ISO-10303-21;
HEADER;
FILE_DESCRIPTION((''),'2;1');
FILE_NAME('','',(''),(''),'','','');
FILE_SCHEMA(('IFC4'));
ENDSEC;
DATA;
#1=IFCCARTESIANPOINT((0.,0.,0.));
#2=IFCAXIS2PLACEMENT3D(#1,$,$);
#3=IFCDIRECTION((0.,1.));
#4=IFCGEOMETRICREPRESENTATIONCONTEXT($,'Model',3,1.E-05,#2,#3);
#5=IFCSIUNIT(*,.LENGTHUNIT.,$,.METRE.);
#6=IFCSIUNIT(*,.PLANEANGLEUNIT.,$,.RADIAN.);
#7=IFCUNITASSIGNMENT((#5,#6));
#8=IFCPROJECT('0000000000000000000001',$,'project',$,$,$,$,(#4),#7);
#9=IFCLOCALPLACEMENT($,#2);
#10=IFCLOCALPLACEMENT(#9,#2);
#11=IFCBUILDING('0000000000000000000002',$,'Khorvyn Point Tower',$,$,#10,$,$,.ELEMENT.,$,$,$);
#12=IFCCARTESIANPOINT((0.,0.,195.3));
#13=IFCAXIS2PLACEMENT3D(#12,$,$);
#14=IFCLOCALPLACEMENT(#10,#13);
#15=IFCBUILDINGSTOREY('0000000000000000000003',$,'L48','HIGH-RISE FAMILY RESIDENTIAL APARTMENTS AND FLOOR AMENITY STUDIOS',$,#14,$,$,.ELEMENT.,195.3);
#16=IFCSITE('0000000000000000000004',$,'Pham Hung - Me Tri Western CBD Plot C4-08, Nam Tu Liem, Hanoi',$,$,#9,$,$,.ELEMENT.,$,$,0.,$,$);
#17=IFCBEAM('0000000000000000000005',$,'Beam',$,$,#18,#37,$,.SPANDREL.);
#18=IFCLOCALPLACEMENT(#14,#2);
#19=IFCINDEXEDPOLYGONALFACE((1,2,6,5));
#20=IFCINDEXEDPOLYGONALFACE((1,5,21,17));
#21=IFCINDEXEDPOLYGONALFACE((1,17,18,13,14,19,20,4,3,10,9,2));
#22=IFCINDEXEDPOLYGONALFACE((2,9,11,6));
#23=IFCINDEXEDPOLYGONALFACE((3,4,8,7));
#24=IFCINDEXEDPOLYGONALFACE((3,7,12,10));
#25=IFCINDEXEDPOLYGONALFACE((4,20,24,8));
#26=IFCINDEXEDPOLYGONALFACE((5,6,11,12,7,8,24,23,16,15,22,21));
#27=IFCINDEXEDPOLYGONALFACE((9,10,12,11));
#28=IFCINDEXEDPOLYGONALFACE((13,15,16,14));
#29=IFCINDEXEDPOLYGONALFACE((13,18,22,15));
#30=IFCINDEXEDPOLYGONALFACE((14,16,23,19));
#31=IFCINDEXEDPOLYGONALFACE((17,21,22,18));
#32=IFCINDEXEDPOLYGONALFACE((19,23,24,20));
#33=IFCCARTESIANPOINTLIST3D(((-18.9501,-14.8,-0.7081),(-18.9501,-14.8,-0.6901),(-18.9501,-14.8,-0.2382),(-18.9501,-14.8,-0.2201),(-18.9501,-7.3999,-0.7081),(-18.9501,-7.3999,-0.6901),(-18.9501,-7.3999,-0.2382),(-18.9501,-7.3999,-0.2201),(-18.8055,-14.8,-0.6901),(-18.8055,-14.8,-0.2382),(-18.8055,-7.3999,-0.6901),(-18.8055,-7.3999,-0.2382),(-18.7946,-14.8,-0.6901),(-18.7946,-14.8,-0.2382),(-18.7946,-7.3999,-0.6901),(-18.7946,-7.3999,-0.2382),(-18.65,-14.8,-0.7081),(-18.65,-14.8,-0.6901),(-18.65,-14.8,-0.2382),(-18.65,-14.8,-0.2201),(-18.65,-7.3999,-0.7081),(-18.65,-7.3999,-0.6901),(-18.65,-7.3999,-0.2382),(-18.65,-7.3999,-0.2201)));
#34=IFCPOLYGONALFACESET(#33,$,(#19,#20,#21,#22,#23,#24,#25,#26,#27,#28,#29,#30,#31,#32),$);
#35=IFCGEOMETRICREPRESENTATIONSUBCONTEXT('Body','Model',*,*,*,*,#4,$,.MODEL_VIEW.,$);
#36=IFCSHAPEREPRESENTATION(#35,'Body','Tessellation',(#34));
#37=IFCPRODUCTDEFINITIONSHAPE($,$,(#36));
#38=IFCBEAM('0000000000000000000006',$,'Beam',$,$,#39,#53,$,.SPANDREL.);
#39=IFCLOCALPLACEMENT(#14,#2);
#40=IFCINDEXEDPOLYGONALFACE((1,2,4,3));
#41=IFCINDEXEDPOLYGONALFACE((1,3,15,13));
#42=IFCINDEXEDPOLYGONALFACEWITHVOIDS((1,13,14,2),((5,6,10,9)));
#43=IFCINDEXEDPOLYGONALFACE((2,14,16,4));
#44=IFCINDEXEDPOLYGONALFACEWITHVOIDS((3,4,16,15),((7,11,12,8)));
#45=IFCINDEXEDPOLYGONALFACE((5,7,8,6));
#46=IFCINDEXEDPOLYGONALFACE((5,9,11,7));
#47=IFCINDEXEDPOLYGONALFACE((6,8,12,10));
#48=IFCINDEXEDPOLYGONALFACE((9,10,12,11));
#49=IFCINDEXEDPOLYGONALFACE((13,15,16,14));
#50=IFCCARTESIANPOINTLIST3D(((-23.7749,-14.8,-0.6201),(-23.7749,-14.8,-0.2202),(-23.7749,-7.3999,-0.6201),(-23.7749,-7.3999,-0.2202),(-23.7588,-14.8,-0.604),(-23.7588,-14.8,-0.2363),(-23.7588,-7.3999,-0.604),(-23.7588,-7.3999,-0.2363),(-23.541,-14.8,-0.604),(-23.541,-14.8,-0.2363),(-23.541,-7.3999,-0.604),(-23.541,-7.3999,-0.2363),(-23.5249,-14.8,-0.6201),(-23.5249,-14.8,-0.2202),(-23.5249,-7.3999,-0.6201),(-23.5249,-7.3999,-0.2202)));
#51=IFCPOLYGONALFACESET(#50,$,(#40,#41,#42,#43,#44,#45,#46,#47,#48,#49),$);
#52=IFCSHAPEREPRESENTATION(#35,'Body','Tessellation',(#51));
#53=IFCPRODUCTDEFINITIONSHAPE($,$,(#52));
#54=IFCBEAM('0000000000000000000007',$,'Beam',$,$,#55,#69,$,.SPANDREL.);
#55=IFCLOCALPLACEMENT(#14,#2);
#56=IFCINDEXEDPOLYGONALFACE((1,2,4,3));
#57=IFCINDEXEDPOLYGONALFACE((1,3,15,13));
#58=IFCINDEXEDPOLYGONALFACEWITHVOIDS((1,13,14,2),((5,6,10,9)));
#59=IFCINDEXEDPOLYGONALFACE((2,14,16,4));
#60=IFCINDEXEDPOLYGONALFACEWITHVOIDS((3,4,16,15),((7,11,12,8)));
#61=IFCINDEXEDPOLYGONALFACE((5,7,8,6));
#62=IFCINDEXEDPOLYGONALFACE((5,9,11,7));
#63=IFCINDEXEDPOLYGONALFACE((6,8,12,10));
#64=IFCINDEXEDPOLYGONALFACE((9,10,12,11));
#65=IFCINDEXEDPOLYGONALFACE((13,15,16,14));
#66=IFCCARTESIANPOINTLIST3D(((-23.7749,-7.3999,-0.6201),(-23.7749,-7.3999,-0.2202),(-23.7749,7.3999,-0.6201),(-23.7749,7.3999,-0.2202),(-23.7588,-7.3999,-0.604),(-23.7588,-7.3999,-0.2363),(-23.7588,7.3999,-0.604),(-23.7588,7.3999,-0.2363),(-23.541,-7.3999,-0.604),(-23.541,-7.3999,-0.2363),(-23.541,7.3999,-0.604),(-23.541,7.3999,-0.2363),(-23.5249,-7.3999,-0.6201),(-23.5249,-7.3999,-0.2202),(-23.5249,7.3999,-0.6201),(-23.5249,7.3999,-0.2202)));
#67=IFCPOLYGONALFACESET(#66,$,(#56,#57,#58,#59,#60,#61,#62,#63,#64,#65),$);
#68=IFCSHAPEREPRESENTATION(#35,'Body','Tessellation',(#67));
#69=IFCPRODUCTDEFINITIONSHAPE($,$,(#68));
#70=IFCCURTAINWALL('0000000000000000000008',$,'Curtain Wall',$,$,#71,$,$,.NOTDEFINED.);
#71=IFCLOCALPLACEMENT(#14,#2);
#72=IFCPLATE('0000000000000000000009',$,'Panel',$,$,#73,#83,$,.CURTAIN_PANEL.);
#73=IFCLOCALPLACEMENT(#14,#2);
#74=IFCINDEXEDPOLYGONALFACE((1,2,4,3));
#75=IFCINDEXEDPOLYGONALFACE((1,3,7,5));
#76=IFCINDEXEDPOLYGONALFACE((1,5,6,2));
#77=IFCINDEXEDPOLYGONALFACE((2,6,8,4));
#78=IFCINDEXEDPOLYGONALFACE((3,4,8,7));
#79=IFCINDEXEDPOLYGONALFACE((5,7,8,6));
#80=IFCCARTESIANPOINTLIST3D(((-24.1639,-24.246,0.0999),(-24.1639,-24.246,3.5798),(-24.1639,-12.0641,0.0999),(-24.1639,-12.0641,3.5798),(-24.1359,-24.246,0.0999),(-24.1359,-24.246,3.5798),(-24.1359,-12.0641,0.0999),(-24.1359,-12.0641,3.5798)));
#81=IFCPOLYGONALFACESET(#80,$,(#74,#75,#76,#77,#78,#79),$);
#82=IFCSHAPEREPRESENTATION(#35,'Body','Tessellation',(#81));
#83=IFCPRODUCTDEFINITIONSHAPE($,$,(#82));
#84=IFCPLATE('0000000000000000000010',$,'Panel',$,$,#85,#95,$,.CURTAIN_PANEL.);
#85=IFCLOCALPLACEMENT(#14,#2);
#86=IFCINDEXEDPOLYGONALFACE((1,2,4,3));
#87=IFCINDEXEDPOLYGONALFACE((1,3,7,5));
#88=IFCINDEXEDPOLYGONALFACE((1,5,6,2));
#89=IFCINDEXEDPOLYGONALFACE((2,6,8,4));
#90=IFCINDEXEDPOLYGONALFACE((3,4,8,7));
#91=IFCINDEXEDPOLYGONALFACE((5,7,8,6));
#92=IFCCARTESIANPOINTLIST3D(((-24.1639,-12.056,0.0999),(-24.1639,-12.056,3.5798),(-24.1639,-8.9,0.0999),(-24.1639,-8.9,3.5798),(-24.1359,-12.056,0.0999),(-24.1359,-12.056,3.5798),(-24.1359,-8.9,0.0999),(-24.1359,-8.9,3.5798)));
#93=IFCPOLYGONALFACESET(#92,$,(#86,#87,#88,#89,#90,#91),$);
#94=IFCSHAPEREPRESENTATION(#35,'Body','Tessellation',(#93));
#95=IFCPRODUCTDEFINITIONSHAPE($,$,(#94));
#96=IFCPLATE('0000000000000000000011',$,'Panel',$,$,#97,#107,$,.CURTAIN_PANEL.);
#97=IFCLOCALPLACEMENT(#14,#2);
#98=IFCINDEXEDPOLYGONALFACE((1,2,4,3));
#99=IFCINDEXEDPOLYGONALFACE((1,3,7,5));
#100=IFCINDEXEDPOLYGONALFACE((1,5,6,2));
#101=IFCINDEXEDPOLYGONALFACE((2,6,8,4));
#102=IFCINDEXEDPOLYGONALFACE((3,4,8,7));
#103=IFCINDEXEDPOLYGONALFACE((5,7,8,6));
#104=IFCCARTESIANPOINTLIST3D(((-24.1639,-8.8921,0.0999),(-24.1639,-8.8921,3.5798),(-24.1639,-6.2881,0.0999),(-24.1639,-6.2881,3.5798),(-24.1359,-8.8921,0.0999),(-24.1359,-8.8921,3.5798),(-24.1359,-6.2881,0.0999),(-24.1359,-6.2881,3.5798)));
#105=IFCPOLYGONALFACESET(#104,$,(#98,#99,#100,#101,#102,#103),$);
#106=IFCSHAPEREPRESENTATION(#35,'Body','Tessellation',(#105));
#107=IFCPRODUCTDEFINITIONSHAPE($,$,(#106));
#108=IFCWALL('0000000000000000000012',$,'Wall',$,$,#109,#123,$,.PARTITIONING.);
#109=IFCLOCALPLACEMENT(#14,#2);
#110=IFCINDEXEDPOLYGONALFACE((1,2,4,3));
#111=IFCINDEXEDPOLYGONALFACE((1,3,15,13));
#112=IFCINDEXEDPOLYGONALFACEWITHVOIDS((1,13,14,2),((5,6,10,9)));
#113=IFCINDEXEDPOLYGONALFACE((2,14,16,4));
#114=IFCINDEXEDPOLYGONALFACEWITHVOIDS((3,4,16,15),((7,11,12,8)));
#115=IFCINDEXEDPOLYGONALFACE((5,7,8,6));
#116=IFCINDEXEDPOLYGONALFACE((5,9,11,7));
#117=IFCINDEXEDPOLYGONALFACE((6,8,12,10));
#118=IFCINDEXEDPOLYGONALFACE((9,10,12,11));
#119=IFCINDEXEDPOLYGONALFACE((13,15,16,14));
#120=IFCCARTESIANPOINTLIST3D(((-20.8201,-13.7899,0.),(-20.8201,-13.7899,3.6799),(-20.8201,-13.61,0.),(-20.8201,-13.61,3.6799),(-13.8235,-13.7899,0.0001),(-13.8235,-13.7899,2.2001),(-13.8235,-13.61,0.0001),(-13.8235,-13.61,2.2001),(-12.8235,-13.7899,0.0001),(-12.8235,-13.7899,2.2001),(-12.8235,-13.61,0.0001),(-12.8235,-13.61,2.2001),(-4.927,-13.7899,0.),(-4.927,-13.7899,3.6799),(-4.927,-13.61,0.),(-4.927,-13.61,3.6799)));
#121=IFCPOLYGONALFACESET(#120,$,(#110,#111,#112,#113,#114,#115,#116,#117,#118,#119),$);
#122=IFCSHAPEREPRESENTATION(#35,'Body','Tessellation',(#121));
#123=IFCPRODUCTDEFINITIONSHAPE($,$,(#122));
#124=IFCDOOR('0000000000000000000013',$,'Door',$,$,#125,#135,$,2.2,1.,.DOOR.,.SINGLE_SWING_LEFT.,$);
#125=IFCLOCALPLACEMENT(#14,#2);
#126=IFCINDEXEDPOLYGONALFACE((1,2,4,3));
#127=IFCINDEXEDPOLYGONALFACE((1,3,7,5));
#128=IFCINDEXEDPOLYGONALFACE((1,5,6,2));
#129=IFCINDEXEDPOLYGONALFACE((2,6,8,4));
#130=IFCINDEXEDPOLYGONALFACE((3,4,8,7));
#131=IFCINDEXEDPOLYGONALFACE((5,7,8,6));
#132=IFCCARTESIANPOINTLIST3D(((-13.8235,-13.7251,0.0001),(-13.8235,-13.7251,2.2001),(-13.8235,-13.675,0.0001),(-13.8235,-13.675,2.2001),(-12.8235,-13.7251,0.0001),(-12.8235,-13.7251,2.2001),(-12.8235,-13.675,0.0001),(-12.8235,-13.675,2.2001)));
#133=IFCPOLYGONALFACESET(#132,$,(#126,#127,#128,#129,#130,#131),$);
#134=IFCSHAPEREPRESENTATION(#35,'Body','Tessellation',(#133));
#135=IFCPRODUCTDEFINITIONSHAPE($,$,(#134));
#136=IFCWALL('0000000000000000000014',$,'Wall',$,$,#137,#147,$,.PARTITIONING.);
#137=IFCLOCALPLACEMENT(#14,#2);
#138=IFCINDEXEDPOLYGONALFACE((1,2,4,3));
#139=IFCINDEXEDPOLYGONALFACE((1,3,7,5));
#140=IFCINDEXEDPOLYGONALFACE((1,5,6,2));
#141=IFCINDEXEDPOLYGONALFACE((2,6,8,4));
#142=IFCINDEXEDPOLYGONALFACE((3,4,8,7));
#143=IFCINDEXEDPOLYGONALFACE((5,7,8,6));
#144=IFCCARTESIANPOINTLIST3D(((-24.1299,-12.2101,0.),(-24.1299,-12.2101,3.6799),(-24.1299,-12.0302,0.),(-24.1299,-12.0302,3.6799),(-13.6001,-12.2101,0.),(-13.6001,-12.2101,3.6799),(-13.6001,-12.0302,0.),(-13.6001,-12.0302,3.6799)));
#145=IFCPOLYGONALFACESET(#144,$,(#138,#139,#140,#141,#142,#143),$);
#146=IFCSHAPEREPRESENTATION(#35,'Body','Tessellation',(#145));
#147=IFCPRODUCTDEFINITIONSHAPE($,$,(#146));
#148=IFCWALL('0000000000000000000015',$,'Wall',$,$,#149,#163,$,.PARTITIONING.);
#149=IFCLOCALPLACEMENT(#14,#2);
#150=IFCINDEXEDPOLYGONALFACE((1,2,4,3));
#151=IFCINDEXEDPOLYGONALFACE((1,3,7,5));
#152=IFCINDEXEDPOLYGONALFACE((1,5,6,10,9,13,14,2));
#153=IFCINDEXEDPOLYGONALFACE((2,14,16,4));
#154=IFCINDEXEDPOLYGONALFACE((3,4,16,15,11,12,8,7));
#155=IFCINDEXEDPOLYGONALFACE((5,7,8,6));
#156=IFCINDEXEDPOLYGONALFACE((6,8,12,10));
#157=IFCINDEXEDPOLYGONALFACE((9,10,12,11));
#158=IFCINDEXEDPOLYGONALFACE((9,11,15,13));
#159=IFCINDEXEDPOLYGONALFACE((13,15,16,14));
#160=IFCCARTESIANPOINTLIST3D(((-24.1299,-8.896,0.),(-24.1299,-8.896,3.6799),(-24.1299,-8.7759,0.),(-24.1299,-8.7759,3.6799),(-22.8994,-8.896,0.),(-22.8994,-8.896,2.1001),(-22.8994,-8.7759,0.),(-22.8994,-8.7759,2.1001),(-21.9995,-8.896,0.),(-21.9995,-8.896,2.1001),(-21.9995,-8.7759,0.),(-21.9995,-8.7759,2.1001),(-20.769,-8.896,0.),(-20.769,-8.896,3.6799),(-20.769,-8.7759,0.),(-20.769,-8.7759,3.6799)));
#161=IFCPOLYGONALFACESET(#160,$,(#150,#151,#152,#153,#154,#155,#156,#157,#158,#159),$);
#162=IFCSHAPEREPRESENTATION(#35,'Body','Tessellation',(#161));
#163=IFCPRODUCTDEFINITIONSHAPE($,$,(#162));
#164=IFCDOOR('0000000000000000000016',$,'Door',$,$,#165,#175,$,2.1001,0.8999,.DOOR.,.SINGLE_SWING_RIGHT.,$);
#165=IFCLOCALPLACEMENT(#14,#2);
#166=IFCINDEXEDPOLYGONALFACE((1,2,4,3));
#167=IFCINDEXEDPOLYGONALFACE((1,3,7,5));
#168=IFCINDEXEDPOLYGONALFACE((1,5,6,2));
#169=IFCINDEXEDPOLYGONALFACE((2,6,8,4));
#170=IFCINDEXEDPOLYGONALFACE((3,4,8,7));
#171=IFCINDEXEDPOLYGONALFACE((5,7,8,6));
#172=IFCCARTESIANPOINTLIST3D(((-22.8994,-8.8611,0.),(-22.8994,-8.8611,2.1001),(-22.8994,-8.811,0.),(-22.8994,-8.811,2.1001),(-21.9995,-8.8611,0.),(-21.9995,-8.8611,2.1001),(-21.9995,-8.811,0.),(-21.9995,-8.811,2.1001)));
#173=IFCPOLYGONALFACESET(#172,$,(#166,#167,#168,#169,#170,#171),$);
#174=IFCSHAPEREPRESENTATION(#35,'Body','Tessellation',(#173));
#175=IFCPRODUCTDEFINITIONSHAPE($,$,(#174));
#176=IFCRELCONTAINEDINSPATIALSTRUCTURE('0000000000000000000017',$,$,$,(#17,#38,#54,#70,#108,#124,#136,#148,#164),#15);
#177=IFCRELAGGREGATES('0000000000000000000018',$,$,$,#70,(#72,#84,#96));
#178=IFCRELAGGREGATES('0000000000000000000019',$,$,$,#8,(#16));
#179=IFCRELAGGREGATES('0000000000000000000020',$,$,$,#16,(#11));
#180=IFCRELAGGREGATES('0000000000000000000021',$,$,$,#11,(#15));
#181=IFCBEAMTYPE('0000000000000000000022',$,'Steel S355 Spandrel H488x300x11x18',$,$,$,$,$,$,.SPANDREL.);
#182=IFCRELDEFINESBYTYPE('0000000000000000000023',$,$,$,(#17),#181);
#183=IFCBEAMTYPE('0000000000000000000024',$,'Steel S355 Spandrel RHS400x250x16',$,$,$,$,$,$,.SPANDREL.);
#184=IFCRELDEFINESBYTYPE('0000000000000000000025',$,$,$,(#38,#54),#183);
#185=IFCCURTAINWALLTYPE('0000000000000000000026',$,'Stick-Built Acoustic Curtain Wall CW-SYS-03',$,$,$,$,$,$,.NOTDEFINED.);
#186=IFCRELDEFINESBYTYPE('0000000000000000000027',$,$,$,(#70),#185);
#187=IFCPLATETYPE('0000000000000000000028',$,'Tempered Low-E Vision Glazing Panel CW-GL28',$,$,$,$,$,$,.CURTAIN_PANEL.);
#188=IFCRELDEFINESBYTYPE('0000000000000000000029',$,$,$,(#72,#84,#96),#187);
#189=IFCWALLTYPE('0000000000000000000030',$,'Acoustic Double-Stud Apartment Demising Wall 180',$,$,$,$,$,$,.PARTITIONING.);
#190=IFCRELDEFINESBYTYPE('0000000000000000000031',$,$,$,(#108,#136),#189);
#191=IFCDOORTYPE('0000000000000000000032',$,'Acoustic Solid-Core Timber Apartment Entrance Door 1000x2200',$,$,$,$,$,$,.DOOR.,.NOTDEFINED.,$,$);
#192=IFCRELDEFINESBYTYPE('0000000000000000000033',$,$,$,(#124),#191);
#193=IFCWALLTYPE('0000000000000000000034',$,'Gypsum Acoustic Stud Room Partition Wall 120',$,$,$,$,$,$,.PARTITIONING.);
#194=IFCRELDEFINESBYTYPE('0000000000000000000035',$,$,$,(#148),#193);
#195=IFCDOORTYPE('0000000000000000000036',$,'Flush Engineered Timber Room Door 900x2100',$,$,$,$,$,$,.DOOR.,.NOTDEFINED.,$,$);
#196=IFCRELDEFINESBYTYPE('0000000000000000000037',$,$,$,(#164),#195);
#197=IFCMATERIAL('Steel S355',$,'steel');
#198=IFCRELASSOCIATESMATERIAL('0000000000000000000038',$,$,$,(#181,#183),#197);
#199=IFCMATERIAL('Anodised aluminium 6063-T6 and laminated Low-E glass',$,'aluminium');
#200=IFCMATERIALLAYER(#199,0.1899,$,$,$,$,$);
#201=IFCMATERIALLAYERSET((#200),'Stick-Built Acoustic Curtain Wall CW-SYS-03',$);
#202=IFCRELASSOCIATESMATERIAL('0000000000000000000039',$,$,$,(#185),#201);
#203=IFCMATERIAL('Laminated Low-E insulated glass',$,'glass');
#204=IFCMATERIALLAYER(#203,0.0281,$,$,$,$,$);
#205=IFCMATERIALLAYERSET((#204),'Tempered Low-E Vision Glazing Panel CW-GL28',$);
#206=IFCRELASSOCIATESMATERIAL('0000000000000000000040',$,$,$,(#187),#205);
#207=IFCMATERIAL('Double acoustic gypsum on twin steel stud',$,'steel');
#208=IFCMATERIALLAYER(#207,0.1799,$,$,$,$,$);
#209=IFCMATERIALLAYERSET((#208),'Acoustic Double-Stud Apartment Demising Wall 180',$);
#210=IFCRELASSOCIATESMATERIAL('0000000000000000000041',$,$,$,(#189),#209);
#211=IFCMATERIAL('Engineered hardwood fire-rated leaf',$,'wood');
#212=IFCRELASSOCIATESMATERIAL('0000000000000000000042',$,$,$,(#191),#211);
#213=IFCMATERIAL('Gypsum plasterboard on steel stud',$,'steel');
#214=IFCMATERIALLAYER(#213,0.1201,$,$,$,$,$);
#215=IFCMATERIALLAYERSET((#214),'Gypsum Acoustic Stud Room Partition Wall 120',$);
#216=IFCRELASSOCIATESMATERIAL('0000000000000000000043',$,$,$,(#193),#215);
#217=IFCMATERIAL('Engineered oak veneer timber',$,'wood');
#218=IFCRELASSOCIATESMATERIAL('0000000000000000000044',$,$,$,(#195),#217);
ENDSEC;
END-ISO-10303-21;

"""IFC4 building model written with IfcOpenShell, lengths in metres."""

from ifc_helpers import new_model, si_unit, direction, frame, frame_2d, origin, origin_2d, place, context, subcontext, project, spatial, rectangle, hollow_rectangle, i_section, extrude, material, layer, layer_set, material_profile, profile_set, type_object, element, fill, aggregate, save


model = new_model("IFC4")

# Units and contexts
model_context = context("Model", 3, precision=1e-05, world=origin(), true_north=direction((0.0, 1.0)))
body_context = subcontext(model_context, "Body", "Model", "MODEL_VIEW")
ifc_project = project(units=[si_unit("LENGTHUNIT", "METRE"), si_unit("PLANEANGLEUNIT", "RADIAN")], contexts=[model_context])

# Site, building, storey
site_placement = place(None, origin())
site = spatial("IfcSite", under=ifc_project, at=site_placement, Name="Pham Hung - Me Tri Western CBD Plot C4-08, Nam Tu Liem, Hanoi", CompositionType="ELEMENT", RefElevation=0.0)
building_placement = place(site_placement, origin())
building = spatial("IfcBuilding", under=site, at=building_placement, Name="Khorvyn Point Tower", CompositionType="ELEMENT")
storey_placement = place(building_placement, frame((0.0, 0.0, 195.3)))
storey = spatial("IfcBuildingStorey", under=building, at=storey_placement, Name="L48", Description="HIGH-RISE FAMILY RESIDENTIAL APARTMENTS AND FLOOR AMENITY STUDIOS", CompositionType="ELEMENT", Elevation=195.3)

# Beams
ifc_material_1 = material(Name="Steel S355", Category="steel")
ifc_material_profile_1 = material_profile(ifc_material_1, i_section(OverallWidth=0.3, OverallDepth=0.488, WebThickness=0.011, FlangeThickness=0.0181, at=origin_2d()))
ifc_profile_set_1 = profile_set([ifc_material_profile_1], Name="Steel S355 H488x300x11x18")
beam_type_1 = type_object("IfcBeamType", Name="Steel S355 Spandrel H488x300x11x18", PredefinedType="SPANDREL", material=ifc_profile_set_1)
beam_1_placement = place(storey_placement, frame((-18.8, -14.8, -0.4641), z_axis=(0.0, 1.0, 0.0), x_axis=(-1.0, 0.0, 0.0)))
element("IfcBeam", 1, at=beam_1_placement, inside=storey, type_object=beam_type_1, Name="Beam", PredefinedType="SPANDREL", context=body_context, shape_type="SweptSolid", body=[
    extrude(i_section(OverallWidth=0.3, OverallDepth=0.488, WebThickness=0.011, FlangeThickness=0.0181, at=origin_2d()), origin(), (0.0, 0.0, 1.0), 7.4001),
])
ifc_material_profile_2 = material_profile(ifc_material_1, hollow_rectangle(XDim=0.25, YDim=0.3999, WallThickness=0.0161, at=origin_2d()))
ifc_profile_set_2 = profile_set([ifc_material_profile_2], Name="Steel S355 RHS400x250x16")
beam_type_2 = type_object("IfcBeamType", Name="Steel S355 Spandrel RHS400x250x16", PredefinedType="SPANDREL", material=ifc_profile_set_2)
beam_2_placement = place(storey_placement, frame((-23.6499, -14.8, -0.4202), z_axis=(0.0, 1.0, 0.0), x_axis=(-1.0, 0.0, 0.0)))
element("IfcBeam", 2, at=beam_2_placement, inside=storey, type_object=beam_type_2, Name="Beam", PredefinedType="SPANDREL", context=body_context, shape_type="SweptSolid", body=[
    extrude(hollow_rectangle(XDim=0.25, YDim=0.3999, WallThickness=0.0161, at=origin_2d()), origin(), (0.0, 0.0, 1.0), 7.4001),
])
beam_3_placement = place(storey_placement, frame((-23.6499, -7.3999, -0.4202), z_axis=(0.0, 1.0, 0.0), x_axis=(-1.0, 0.0, 0.0)))
element("IfcBeam", 3, at=beam_3_placement, inside=storey, type_object=beam_type_2, Name="Beam", PredefinedType="SPANDREL", context=body_context, shape_type="SweptSolid", body=[
    extrude(hollow_rectangle(XDim=0.25, YDim=0.3999, WallThickness=0.0161, at=origin_2d()), origin(), (0.0, 0.0, 1.0), 14.7998),
])

# Curtain wall, plates
ifc_material_2 = material(Name="Anodised aluminium 6063-T6 and laminated Low-E glass", Category="aluminium")
ifc_layer_1 = layer(ifc_material_2, 0.1899)
ifc_layer_set_1 = layer_set([ifc_layer_1], Name="Stick-Built Acoustic Curtain Wall CW-SYS-03")
curtain_wall_type = type_object("IfcCurtainWallType", Name="Stick-Built Acoustic Curtain Wall CW-SYS-03", PredefinedType="NOTDEFINED", material=ifc_layer_set_1)
curtain_wall_placement = place(storey_placement, origin())
curtain_wall = element("IfcCurtainWall", 4, at=curtain_wall_placement, inside=storey, type_object=curtain_wall_type, Name="Curtain Wall", PredefinedType="NOTDEFINED")
ifc_material_3 = material(Name="Laminated Low-E insulated glass", Category="glass")
ifc_layer_2 = layer(ifc_material_3, 0.0281)
ifc_layer_set_2 = layer_set([ifc_layer_2], Name="Tempered Low-E Vision Glazing Panel CW-GL28")
plate_type = type_object("IfcPlateType", Name="Tempered Low-E Vision Glazing Panel CW-GL28", PredefinedType="CURTAIN_PANEL", material=ifc_layer_set_2)
plate_1_placement = place(storey_placement, frame((-24.1499, -18.155, 0.0999), z_axis=(0.0, 0.0, 1.0), x_axis=(0.0, 1.0, 0.0)))
plate_1 = element("IfcPlate", 5, at=plate_1_placement, type_object=plate_type, Name="Panel", PredefinedType="CURTAIN_PANEL", context=body_context, shape_type="SweptSolid", body=[
    extrude(rectangle(XDim=12.1819, YDim=0.0281, at=origin_2d()), origin(), (0.0, 0.0, 1.0), 3.48),
])
plate_2_placement = place(storey_placement, frame((-24.1499, -10.478, 0.0999), z_axis=(0.0, 0.0, 1.0), x_axis=(0.0, 1.0, 0.0)))
plate_2 = element("IfcPlate", 6, at=plate_2_placement, type_object=plate_type, Name="Panel", PredefinedType="CURTAIN_PANEL", context=body_context, shape_type="SweptSolid", body=[
    extrude(rectangle(XDim=3.156, YDim=0.0281, at=origin_2d()), origin(), (0.0, 0.0, 1.0), 3.48),
])
plate_3_placement = place(storey_placement, frame((-24.1499, -7.5901, 0.0999), z_axis=(0.0, 0.0, 1.0), x_axis=(0.0, 1.0, 0.0)))
plate_3 = element("IfcPlate", 7, at=plate_3_placement, type_object=plate_type, Name="Panel", PredefinedType="CURTAIN_PANEL", context=body_context, shape_type="SweptSolid", body=[
    extrude(rectangle(XDim=2.604, YDim=0.0281, at=origin_2d()), origin(), (0.0, 0.0, 1.0), 3.48),
])
aggregate(curtain_wall, [plate_1, plate_2, plate_3])

# Wall, opening, door
ifc_material_4 = material(Name="Double acoustic gypsum on twin steel stud", Category="steel")
ifc_layer_3 = layer(ifc_material_4, 0.1799)
ifc_layer_set_3 = layer_set([ifc_layer_3], Name="Acoustic Double-Stud Apartment Demising Wall 180")
wall_type_1 = type_object("IfcWallType", Name="Acoustic Double-Stud Apartment Demising Wall 180", PredefinedType="PARTITIONING", material=ifc_layer_set_3)
wall_1_placement = place(storey_placement, frame((-20.8201, -13.7, 0.0), z_axis=(0.0, 0.0, 1.0), x_axis=(1.0, 0.0, 0.0)))
wall_1 = element("IfcWall", 8, at=wall_1_placement, inside=storey, type_object=wall_type_1, Name="Wall", PredefinedType="PARTITIONING", context=body_context, shape_type="SweptSolid", body=[
    extrude(rectangle(XDim=15.8931, YDim=0.1799, at=frame_2d((7.9465, 0.0))), origin(), (0.0, 0.0, 1.0), 3.6799),
])
opening_1_placement = place(wall_1_placement, frame((6.9966, 0.0, 0.0)))
opening_1 = element("IfcOpeningElement", 9, at=opening_1_placement, cuts=wall_1, PredefinedType="OPENING", context=body_context, shape_type="SweptSolid", body=[
    extrude(rectangle(XDim=1.0, YDim=2.2, at=frame_2d((0.5, 1.1001))), frame((0.0, 0.0999, 0.0), z_axis=(0.0, -1.0, 0.0), x_axis=(1.0, 0.0, 0.0)), (0.0, 0.0, 1.0), 0.2),
])
ifc_material_5 = material(Name="Engineered hardwood fire-rated leaf", Category="wood")
door_type_1 = type_object("IfcDoorType", Name="Acoustic Solid-Core Timber Apartment Entrance Door 1000x2200", OperationType="NOTDEFINED", PredefinedType="DOOR", material=ifc_material_5)
door_1_placement = place(opening_1_placement, origin())
door_1 = element("IfcDoor", 10, at=door_1_placement, inside=storey, type_object=door_type_1, Name="Door", OperationType="SINGLE_SWING_LEFT", OverallHeight=2.2, OverallWidth=1.0, PredefinedType="DOOR", context=body_context, shape_type="SweptSolid", body=[
    extrude(rectangle(XDim=1.0, YDim=2.2, at=frame_2d((0.5, 1.1001))), frame((0.0, 0.0249, 0.0), z_axis=(0.0, -1.0, 0.0), x_axis=(1.0, 0.0, 0.0)), (0.0, 0.0, 1.0), 0.05),
])
fill(opening_1, door_1)

# Wall
wall_2_placement = place(storey_placement, frame((-24.1299, -12.1201, 0.0), z_axis=(0.0, 0.0, 1.0), x_axis=(1.0, 0.0, 0.0)))
element("IfcWall", 11, at=wall_2_placement, inside=storey, type_object=wall_type_1, Name="Wall", PredefinedType="PARTITIONING", context=body_context, shape_type="SweptSolid", body=[
    extrude(rectangle(XDim=10.5298, YDim=0.1799, at=frame_2d((5.2649, 0.0))), origin(), (0.0, 0.0, 1.0), 3.6799),
])

# Wall, opening, door
ifc_material_6 = material(Name="Gypsum plasterboard on steel stud", Category="steel")
ifc_layer_4 = layer(ifc_material_6, 0.1201)
ifc_layer_set_4 = layer_set([ifc_layer_4], Name="Gypsum Acoustic Stud Room Partition Wall 120")
wall_type_2 = type_object("IfcWallType", Name="Gypsum Acoustic Stud Room Partition Wall 120", PredefinedType="PARTITIONING", material=ifc_layer_set_4)
wall_3_placement = place(storey_placement, frame((-24.1299, -8.8359, 0.0), z_axis=(0.0, 0.0, 1.0), x_axis=(1.0, 0.0, 0.0)))
wall_3 = element("IfcWall", 12, at=wall_3_placement, inside=storey, type_object=wall_type_2, Name="Wall", PredefinedType="PARTITIONING", context=body_context, shape_type="SweptSolid", body=[
    extrude(rectangle(XDim=3.3608, YDim=0.1201, at=frame_2d((1.6804, 0.0))), origin(), (0.0, 0.0, 1.0), 3.6799),
])
opening_2_placement = place(wall_3_placement, frame((1.2305, 0.0, 0.0)))
opening_2 = element("IfcOpeningElement", 13, at=opening_2_placement, cuts=wall_3, PredefinedType="OPENING", context=body_context, shape_type="SweptSolid", body=[
    extrude(rectangle(XDim=0.8999, YDim=2.1001, at=frame_2d((0.45, 1.05))), frame((0.0, 0.0701, 0.0), z_axis=(0.0, -1.0, 0.0), x_axis=(1.0, 0.0, 0.0)), (0.0, 0.0, 1.0), 0.1401),
])
ifc_material_7 = material(Name="Engineered oak veneer timber", Category="wood")
door_type_2 = type_object("IfcDoorType", Name="Flush Engineered Timber Room Door 900x2100", OperationType="NOTDEFINED", PredefinedType="DOOR", material=ifc_material_7)
door_2_placement = place(opening_2_placement, origin())
door_2 = element("IfcDoor", 14, at=door_2_placement, inside=storey, type_object=door_type_2, Name="Door", OperationType="SINGLE_SWING_RIGHT", OverallHeight=2.1001, OverallWidth=0.8999, PredefinedType="DOOR", context=body_context, shape_type="SweptSolid", body=[
    extrude(rectangle(XDim=0.8999, YDim=2.1001, at=frame_2d((0.45, 1.05))), frame((0.0, 0.0249, 0.0), z_axis=(0.0, -1.0, 0.0), x_axis=(1.0, 0.0, 0.0)), (0.0, 0.0, 1.0), 0.05),
])
fill(opening_2, door_2)

save(model, "model.ifc")
